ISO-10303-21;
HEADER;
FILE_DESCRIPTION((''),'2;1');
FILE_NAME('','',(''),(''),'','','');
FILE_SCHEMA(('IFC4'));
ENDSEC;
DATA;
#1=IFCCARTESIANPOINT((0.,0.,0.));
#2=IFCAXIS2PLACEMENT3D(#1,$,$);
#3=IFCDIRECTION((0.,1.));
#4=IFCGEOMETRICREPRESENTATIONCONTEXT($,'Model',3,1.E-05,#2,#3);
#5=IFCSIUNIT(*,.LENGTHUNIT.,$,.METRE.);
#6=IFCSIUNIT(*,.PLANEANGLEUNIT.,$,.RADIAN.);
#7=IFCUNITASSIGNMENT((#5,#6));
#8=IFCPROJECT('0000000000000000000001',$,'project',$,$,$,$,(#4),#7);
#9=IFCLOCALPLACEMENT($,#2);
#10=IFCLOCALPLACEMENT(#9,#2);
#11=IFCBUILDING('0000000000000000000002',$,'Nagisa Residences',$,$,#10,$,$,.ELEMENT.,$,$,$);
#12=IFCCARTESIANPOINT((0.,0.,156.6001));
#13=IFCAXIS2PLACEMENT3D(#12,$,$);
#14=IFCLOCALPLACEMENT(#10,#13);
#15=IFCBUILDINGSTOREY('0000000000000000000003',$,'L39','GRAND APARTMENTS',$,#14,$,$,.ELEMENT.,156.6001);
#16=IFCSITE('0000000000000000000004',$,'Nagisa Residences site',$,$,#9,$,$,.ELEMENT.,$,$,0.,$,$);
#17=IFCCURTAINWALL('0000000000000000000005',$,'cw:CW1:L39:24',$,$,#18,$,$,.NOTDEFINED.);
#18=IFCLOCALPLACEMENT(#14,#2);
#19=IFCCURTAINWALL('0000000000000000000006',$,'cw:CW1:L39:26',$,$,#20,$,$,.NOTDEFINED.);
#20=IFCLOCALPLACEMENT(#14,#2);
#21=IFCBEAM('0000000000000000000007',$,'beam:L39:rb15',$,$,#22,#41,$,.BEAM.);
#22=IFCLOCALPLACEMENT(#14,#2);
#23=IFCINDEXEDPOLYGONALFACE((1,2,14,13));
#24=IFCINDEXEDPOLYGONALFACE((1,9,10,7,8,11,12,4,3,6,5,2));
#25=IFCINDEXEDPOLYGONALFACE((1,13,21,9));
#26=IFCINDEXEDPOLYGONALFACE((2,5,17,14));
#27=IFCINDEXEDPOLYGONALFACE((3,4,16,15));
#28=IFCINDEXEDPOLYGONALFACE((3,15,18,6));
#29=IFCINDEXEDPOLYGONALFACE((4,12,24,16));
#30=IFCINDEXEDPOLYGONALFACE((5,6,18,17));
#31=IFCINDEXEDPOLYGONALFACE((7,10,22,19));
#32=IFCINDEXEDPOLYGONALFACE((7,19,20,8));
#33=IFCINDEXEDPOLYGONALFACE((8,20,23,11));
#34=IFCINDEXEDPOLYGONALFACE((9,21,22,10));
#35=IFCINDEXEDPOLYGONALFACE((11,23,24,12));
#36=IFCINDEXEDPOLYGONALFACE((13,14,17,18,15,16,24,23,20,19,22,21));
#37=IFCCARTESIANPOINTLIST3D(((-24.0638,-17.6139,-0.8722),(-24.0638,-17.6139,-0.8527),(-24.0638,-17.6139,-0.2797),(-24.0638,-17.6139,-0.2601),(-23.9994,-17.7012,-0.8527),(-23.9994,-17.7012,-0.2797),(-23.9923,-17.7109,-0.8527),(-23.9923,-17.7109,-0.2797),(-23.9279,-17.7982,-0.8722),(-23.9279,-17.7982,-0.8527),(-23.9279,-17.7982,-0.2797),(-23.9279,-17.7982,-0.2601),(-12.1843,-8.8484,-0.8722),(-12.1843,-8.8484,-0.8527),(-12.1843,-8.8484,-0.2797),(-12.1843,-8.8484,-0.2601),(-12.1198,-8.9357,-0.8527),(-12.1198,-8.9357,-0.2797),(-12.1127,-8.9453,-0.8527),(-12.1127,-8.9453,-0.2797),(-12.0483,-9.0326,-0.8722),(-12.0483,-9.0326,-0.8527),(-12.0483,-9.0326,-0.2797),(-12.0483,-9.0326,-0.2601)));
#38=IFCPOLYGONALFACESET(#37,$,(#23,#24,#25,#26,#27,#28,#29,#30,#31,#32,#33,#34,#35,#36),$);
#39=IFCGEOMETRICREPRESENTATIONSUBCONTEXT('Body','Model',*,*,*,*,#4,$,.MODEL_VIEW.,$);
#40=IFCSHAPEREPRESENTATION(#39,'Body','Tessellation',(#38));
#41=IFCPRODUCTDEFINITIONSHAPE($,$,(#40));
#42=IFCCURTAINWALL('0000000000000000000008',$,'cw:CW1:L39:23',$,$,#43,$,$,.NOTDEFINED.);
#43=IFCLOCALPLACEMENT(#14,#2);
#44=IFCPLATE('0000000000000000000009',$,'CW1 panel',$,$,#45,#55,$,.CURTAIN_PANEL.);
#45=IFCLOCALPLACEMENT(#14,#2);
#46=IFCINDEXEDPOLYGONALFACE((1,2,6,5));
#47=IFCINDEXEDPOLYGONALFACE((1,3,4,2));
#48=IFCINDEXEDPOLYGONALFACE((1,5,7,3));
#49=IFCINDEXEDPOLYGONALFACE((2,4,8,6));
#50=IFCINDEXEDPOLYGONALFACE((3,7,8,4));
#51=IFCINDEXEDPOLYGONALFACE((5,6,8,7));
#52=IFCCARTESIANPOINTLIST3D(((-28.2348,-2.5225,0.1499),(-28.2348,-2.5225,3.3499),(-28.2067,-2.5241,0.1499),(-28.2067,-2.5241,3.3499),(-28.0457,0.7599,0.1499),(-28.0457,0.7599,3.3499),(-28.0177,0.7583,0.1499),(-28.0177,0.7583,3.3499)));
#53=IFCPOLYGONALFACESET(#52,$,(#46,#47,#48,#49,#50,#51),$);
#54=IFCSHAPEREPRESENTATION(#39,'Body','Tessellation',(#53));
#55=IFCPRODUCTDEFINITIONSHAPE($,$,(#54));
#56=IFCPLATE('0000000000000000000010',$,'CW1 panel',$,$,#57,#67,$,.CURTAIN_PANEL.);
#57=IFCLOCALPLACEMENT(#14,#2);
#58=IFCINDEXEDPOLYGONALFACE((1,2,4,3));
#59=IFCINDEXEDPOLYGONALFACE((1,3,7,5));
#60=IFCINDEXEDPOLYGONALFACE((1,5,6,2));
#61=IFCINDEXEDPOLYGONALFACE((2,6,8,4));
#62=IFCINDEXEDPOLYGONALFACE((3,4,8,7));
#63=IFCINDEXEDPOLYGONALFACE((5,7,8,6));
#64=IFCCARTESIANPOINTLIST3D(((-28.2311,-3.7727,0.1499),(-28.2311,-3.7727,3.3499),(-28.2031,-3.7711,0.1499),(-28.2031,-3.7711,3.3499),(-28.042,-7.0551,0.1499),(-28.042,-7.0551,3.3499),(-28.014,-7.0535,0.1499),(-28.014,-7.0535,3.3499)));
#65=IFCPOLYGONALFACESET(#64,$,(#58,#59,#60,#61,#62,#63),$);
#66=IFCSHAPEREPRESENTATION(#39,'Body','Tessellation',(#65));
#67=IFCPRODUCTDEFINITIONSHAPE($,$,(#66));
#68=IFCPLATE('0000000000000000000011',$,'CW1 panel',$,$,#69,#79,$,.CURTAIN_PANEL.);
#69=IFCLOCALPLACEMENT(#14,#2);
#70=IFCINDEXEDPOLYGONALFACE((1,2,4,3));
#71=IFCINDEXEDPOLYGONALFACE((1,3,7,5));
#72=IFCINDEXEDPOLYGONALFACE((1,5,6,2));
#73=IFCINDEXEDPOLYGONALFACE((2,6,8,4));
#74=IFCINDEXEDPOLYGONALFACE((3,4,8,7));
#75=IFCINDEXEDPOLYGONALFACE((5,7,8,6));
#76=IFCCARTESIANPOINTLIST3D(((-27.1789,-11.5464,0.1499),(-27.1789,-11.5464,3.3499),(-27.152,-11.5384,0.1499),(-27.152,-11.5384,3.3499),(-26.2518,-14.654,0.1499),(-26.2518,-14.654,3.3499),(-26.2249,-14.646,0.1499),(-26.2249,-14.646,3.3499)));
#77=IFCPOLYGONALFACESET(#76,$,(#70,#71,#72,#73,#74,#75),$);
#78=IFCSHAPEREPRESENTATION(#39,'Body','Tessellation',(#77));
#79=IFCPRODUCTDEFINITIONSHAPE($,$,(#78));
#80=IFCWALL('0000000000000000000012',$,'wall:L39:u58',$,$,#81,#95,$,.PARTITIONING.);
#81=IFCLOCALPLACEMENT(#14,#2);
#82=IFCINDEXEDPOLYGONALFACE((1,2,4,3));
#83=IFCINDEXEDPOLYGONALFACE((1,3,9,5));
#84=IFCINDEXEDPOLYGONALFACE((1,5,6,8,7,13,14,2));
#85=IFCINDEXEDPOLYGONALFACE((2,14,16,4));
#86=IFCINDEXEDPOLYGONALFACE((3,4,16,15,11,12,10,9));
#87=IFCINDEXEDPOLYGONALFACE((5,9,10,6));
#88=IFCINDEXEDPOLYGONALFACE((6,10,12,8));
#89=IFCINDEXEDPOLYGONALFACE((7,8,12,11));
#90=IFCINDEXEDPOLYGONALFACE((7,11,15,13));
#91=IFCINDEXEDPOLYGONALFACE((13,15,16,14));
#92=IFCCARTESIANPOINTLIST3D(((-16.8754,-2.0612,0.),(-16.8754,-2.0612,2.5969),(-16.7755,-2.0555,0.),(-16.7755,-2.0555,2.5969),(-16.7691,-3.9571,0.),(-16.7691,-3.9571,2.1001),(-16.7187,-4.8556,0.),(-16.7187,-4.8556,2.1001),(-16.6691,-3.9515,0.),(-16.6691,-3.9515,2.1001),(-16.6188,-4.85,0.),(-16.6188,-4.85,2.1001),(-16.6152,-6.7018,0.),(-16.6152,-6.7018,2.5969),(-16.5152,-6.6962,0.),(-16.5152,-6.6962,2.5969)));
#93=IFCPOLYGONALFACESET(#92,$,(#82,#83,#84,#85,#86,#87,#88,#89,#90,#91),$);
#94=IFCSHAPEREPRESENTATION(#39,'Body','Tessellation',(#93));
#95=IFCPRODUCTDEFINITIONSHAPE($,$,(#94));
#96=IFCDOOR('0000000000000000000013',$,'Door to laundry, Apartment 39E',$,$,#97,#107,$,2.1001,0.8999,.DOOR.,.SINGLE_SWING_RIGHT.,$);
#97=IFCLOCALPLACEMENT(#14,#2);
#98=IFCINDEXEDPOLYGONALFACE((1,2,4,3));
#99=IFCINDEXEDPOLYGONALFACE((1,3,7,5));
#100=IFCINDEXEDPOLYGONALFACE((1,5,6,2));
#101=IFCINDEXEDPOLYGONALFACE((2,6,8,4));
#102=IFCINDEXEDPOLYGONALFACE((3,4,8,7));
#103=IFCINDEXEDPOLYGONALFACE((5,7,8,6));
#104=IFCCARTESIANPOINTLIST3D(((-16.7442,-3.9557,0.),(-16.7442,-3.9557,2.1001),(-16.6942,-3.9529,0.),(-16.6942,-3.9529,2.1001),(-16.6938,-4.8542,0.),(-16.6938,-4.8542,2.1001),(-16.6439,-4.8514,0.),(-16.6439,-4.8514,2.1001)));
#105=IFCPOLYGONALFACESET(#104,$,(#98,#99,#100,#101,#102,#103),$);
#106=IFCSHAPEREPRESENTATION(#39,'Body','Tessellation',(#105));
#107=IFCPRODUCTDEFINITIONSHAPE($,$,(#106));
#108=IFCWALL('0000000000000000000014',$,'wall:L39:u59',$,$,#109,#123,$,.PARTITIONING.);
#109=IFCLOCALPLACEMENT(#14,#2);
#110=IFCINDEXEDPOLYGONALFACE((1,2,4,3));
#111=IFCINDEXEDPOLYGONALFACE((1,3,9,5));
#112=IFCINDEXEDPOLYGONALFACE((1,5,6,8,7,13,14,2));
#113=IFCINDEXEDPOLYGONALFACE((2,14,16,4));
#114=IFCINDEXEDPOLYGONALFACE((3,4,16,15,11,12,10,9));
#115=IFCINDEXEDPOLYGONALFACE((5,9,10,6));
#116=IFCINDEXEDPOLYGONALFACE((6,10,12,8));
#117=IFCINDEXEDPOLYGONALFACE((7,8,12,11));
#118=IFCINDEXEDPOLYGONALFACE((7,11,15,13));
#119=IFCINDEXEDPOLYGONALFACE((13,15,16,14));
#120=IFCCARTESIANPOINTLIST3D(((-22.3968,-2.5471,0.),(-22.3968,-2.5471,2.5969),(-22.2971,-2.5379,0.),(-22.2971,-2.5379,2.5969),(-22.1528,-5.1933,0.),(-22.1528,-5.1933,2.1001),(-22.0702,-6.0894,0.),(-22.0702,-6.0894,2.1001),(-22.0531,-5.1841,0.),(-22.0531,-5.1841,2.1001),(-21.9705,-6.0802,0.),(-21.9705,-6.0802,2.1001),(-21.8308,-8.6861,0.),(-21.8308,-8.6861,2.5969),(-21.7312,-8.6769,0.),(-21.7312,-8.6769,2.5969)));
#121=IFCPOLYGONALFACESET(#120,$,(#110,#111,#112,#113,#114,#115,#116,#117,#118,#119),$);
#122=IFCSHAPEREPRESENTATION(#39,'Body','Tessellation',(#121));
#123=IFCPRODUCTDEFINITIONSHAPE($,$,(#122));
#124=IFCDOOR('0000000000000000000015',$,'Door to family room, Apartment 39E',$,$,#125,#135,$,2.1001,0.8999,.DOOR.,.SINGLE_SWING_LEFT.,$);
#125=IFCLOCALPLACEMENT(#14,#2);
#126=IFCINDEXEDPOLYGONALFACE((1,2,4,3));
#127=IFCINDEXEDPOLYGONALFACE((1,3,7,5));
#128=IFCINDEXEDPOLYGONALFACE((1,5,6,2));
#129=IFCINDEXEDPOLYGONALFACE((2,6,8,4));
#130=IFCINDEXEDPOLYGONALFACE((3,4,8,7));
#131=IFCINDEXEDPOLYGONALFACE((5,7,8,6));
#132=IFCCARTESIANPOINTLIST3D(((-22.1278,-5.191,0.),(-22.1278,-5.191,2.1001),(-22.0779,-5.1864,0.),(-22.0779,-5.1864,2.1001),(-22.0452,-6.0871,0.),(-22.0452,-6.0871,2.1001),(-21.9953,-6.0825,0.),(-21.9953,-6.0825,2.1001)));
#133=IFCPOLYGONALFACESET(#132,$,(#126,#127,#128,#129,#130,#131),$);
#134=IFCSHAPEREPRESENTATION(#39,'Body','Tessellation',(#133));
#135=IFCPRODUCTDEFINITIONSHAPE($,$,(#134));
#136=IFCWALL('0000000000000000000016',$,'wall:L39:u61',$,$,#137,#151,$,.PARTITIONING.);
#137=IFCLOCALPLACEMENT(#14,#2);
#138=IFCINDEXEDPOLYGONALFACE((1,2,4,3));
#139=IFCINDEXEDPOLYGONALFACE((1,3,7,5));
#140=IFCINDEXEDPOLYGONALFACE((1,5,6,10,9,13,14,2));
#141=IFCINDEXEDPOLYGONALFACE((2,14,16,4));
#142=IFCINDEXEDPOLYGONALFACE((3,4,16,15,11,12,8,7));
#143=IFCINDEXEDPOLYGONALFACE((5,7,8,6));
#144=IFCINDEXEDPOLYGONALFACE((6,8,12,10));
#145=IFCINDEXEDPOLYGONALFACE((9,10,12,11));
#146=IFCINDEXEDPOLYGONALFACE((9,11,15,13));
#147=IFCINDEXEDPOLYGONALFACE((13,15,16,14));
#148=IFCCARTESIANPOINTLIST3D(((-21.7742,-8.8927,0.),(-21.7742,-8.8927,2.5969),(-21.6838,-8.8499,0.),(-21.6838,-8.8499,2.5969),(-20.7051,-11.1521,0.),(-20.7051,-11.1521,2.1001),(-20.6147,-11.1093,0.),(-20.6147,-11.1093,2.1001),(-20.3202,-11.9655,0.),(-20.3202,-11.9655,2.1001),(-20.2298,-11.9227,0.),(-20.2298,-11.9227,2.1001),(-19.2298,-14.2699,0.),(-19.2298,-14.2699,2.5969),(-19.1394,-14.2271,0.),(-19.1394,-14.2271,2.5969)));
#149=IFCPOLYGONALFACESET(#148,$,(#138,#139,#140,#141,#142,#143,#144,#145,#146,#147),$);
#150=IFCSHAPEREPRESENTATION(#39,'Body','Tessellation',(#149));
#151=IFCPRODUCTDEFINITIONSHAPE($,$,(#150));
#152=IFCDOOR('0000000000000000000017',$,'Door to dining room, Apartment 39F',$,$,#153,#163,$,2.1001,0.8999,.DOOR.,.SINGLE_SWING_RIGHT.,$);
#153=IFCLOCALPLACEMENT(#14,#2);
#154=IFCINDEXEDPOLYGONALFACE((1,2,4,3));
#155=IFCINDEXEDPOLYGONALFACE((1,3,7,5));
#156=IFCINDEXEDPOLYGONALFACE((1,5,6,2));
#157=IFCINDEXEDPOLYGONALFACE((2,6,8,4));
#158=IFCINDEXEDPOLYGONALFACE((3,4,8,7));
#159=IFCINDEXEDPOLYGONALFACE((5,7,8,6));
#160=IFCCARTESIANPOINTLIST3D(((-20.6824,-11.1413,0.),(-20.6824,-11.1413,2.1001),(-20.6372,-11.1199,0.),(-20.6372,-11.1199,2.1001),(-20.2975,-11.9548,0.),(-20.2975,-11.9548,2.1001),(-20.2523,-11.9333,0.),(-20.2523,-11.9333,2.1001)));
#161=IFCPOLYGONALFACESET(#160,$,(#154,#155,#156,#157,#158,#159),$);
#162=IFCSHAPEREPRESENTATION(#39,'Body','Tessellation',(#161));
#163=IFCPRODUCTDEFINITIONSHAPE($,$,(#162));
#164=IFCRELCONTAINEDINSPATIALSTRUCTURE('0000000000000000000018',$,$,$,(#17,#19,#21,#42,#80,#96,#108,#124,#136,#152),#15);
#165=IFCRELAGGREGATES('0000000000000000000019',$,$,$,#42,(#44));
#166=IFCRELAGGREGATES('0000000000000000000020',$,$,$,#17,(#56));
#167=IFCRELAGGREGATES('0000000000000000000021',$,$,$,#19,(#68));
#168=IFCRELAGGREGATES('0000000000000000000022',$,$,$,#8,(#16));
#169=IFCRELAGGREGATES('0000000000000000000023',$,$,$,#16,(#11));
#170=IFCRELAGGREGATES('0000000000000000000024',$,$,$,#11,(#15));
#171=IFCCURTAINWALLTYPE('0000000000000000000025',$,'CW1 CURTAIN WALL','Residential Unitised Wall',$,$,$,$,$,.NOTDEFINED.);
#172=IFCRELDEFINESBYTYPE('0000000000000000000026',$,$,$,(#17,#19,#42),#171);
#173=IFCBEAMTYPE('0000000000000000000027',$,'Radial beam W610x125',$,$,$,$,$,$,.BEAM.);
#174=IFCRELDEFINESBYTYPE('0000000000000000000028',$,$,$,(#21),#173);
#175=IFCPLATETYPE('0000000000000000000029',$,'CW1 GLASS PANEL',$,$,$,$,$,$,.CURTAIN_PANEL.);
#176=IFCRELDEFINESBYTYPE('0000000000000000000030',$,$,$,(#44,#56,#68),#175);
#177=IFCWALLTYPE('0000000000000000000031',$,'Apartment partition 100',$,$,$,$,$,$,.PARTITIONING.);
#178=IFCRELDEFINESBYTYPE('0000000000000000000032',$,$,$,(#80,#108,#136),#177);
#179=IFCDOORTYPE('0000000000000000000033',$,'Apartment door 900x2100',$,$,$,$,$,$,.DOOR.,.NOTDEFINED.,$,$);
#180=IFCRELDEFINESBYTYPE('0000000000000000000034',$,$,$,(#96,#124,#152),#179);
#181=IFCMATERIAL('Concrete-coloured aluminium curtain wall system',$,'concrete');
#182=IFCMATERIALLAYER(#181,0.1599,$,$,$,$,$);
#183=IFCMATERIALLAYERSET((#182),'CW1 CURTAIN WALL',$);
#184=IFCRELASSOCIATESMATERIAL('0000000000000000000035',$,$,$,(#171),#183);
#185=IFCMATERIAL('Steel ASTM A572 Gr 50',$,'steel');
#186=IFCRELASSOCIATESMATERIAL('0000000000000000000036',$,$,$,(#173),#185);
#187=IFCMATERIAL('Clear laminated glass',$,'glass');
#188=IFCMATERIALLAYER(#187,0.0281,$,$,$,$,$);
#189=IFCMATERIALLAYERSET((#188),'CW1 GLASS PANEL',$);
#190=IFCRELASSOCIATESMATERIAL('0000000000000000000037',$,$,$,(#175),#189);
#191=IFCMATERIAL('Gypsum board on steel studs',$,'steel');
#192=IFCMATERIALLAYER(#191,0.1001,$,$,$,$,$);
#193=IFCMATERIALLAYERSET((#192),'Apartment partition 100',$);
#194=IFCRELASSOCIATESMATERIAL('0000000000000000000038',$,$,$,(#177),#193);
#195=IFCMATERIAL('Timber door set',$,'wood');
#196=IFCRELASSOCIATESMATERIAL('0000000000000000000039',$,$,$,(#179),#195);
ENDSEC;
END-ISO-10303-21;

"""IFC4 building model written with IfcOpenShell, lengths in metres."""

from ifc_helpers import new_model, si_unit, direction, frame, frame_2d, origin, origin_2d, place, context, subcontext, project, spatial, rectangle, i_section, extrude, material, layer, layer_set, material_profile, profile_set, type_object, element, fill, aggregate, save


model = new_model("IFC4")

# Units and contexts
model_context = context("Model", 3, precision=1e-05, world=origin(), true_north=direction((0.0, 1.0)))
body_context = subcontext(model_context, "Body", "Model", "MODEL_VIEW")
ifc_project = project(units=[si_unit("LENGTHUNIT", "METRE"), si_unit("PLANEANGLEUNIT", "RADIAN")], contexts=[model_context])

# Site, building, storey
site_placement = place(None, origin())
site = spatial("IfcSite", under=ifc_project, at=site_placement, Name="Nagisa Residences site", CompositionType="ELEMENT", RefElevation=0.0)
building_placement = place(site_placement, origin())
building = spatial("IfcBuilding", under=site, at=building_placement, Name="Nagisa Residences", CompositionType="ELEMENT")
storey_placement = place(building_placement, frame((0.0, 0.0, 156.6001)))
storey = spatial("IfcBuildingStorey", under=building, at=storey_placement, Name="L39", Description="GRAND APARTMENTS", CompositionType="ELEMENT", Elevation=156.6001)

# Curtain walls
ifc_material_1 = material(Name="Concrete-coloured aluminium curtain wall system", Category="concrete")
ifc_layer_1 = layer(ifc_material_1, 0.1599)
ifc_layer_set_1 = layer_set([ifc_layer_1], Name="CW1 CURTAIN WALL")
curtain_wall_type = type_object("IfcCurtainWallType", Name="CW1 CURTAIN WALL", Description="Residential Unitised Wall", PredefinedType="NOTDEFINED", material=ifc_layer_set_1)
curtain_wall_1_placement = place(storey_placement, origin())
curtain_wall_1 = element("IfcCurtainWall", 1, at=curtain_wall_1_placement, inside=storey, type_object=curtain_wall_type, Name="cw:CW1:L39:24", PredefinedType="NOTDEFINED")
curtain_wall_2_placement = place(storey_placement, origin())
curtain_wall_2 = element("IfcCurtainWall", 2, at=curtain_wall_2_placement, inside=storey, type_object=curtain_wall_type, Name="cw:CW1:L39:26", PredefinedType="NOTDEFINED")

# Beam
ifc_material_2 = material(Name="Steel ASTM A572 Gr 50", Category="steel")
ifc_material_profile_1 = material_profile(ifc_material_2, i_section(OverallWidth=0.229, OverallDepth=0.6121, WebThickness=0.012, FlangeThickness=0.0195, at=origin_2d()), Name="W610x125")
ifc_profile_set_1 = profile_set([ifc_material_profile_1], Name="Steel ASTM A572 Gr 50")
beam_type_1 = type_object("IfcBeamType", Name="Radial beam W610x125", PredefinedType="BEAM", material=ifc_profile_set_1)
beam_1_placement = place(storey_placement, frame((-23.9958, -17.7061, -0.5662), z_axis=(0.804661, 0.593735, 0.0), x_axis=(-0.593735, 0.804661, 0.0)))
element("IfcBeam", 3, at=beam_1_placement, inside=storey, type_object=beam_type_1, Name="beam:L39:rb15", PredefinedType="BEAM", context=body_context, shape_type="SweptSolid", body=[
    extrude(i_section(OverallWidth=0.229, OverallDepth=0.6121, WebThickness=0.012, FlangeThickness=0.0195, at=origin_2d()), origin(), (0.0, 0.0, 1.0), 14.7634),
])

# Curtain wall, plate
curtain_wall_3_placement = place(storey_placement, origin())
curtain_wall_3 = element("IfcCurtainWall", 4, at=curtain_wall_3_placement, inside=storey, type_object=curtain_wall_type, Name="cw:CW1:L39:23", PredefinedType="NOTDEFINED")
ifc_material_3 = material(Name="Clear laminated glass", Category="glass")
ifc_layer_2 = layer(ifc_material_3, 0.0281)
ifc_layer_set_2 = layer_set([ifc_layer_2], Name="CW1 GLASS PANEL")
plate_type = type_object("IfcPlateType", Name="CW1 GLASS PANEL", PredefinedType="CURTAIN_PANEL", material=ifc_layer_set_2)
plate_1_placement = place(storey_placement, frame((-28.1262, -0.8821, 0.1499), z_axis=(0.0, 0.0, 1.0), x_axis=(-0.057503, -0.998345, 0.0)))
plate_1 = element("IfcPlate", 5, at=plate_1_placement, type_object=plate_type, Name="CW1 panel", PredefinedType="CURTAIN_PANEL", context=body_context, shape_type="SweptSolid", body=[
    extrude(rectangle(XDim=3.2878, YDim=0.0281, at=origin_2d()), origin(), (0.0, 0.0, 1.0), 3.2),
])
aggregate(curtain_wall_3, [plate_1])

# Plates
plate_2_placement = place(storey_placement, frame((-28.1226, -5.4131, 0.1499), z_axis=(0.0, 0.0, 1.0), x_axis=(0.057503, -0.998345, 0.0)))
plate_2 = element("IfcPlate", 6, at=plate_2_placement, type_object=plate_type, Name="CW1 panel", PredefinedType="CURTAIN_PANEL", context=body_context, shape_type="SweptSolid", body=[
    extrude(rectangle(XDim=3.2878, YDim=0.0281, at=origin_2d()), origin(), (0.0, 0.0, 1.0), 3.2),
])
aggregate(curtain_wall_1, [plate_2])
plate_3_placement = place(storey_placement, frame((-26.7019, -13.0962, 0.1499), z_axis=(0.0, 0.0, 1.0), x_axis=(0.28586, -0.958271, 0.0)))
plate_3 = element("IfcPlate", 7, at=plate_3_placement, type_object=plate_type, Name="CW1 panel", PredefinedType="CURTAIN_PANEL", context=body_context, shape_type="SweptSolid", body=[
    extrude(rectangle(XDim=3.2429, YDim=0.0281, at=origin_2d()), origin(), (0.0, 0.0, 1.0), 3.2),
])
aggregate(curtain_wall_2, [plate_3])

# Walls, openings, doors
ifc_material_4 = material(Name="Gypsum board on steel studs", Category="steel")
ifc_layer_3 = layer(ifc_material_4, 0.1001)
ifc_layer_set_3 = layer_set([ifc_layer_3], Name="Apartment partition 100")
wall_type_1 = type_object("IfcWallType", Name="Apartment partition 100", PredefinedType="PARTITIONING", material=ifc_layer_set_3)
wall_1_placement = place(storey_placement, frame((-16.8254, -2.0583, 0.0), z_axis=(0.0, 0.0, 1.0), x_axis=(0.055994, -0.998431, 0.0)))
wall_1 = element("IfcWall", 8, at=wall_1_placement, inside=storey, type_object=wall_type_1, Name="wall:L39:u58", PredefinedType="PARTITIONING", context=body_context, shape_type="SweptSolid", body=[
    extrude(rectangle(XDim=4.6479, YDim=0.1001, at=frame_2d((2.324, 0.0))), origin(), (0.0, 0.0, 1.0), 2.5969),
])
opening_1_placement = place(wall_1_placement, frame((1.8989, 0.0, 0.0)))
opening_1 = element("IfcOpeningElement", 9, at=opening_1_placement, cuts=wall_1, PredefinedType="OPENING", context=body_context, shape_type="SweptSolid", body=[
    extrude(rectangle(XDim=0.8999, YDim=2.1001, at=frame_2d((0.45, 1.05))), frame((0.0, 0.0601, 0.0), z_axis=(0.0, -1.0, 0.0), x_axis=(1.0, 0.0, 0.0)), (0.0, 0.0, 1.0), 0.1201),
])
ifc_material_5 = material(Name="Timber door set", Category="wood")
door_type_1 = type_object("IfcDoorType", Name="Apartment door 900x2100", OperationType="NOTDEFINED", PredefinedType="DOOR", material=ifc_material_5)
door_1_placement = place(opening_1_placement, origin())
door_1 = element("IfcDoor", 10, at=door_1_placement, inside=storey, type_object=door_type_1, Name="Door to laundry, Apartment 39E", OperationType="SINGLE_SWING_RIGHT", OverallHeight=2.1001, OverallWidth=0.8999, PredefinedType="DOOR", context=body_context, shape_type="SweptSolid", body=[
    extrude(rectangle(XDim=0.8999, YDim=2.1001, at=frame_2d((0.45, 1.05))), frame((0.0, 0.0249, 0.0), z_axis=(0.0, -1.0, 0.0), x_axis=(1.0, 0.0, 0.0)), (0.0, 0.0, 1.0), 0.05),
])
fill(opening_1, door_1)
wall_2_placement = place(storey_placement, frame((-22.3469, -2.5425, 0.0), z_axis=(0.0, 0.0, 1.0), x_axis=(0.091796, -0.995778, 0.0)))
wall_2 = element("IfcWall", 11, at=wall_2_placement, inside=storey, type_object=wall_type_1, Name="wall:L39:u59", PredefinedType="PARTITIONING", context=body_context, shape_type="SweptSolid", body=[
    extrude(rectangle(XDim=6.165, YDim=0.1001, at=frame_2d((3.0825, 0.0))), origin(), (0.0, 0.0, 1.0), 2.5969),
])
opening_2_placement = place(wall_2_placement, frame((2.6575, 0.0, 0.0)))
opening_2 = element("IfcOpeningElement", 12, at=opening_2_placement, cuts=wall_2, PredefinedType="OPENING", context=body_context, shape_type="SweptSolid", body=[
    extrude(rectangle(XDim=0.8999, YDim=2.1001, at=frame_2d((0.45, 1.05))), frame((0.0, 0.0601, 0.0), z_axis=(0.0, -1.0, 0.0), x_axis=(1.0, 0.0, 0.0)), (0.0, 0.0, 1.0), 0.1201),
])
door_2_placement = place(opening_2_placement, frame((0.8999, 0.0, 0.0), x_axis=(-1.0, 0.0, 0.0)))
door_2 = element("IfcDoor", 13, at=door_2_placement, inside=storey, type_object=door_type_1, Name="Door to family room, Apartment 39E", OperationType="SINGLE_SWING_LEFT", OverallHeight=2.1001, OverallWidth=0.8999, PredefinedType="DOOR", context=body_context, shape_type="SweptSolid", body=[
    extrude(rectangle(XDim=0.8999, YDim=2.1001, at=frame_2d((0.45, 1.05))), frame((0.0, 0.0249, 0.0), z_axis=(0.0, -1.0, 0.0), x_axis=(1.0, 0.0, 0.0)), (0.0, 0.0, 1.0), 0.05),
])
fill(opening_2, door_2)
wall_3_placement = place(storey_placement, frame((-21.729, -8.8713, 0.0), z_axis=(0.0, 0.0, 1.0), x_axis=(0.427721, -0.903911, 0.0)))
wall_3 = element("IfcWall", 14, at=wall_3_placement, inside=storey, type_object=wall_type_1, Name="wall:L39:u61", PredefinedType="PARTITIONING", context=body_context, shape_type="SweptSolid", body=[
    extrude(rectangle(XDim=5.9487, YDim=0.1001, at=frame_2d((2.9744, 0.0))), origin(), (0.0, 0.0, 1.0), 2.5969),
])
opening_3_placement = place(wall_3_placement, frame((2.4995, 0.0, 0.0)))
opening_3 = element("IfcOpeningElement", 15, at=opening_3_placement, cuts=wall_3, PredefinedType="OPENING", context=body_context, shape_type="SweptSolid", body=[
    extrude(rectangle(XDim=0.8999, YDim=2.1001, at=frame_2d((0.45, 1.05))), frame((0.0, 0.0601, 0.0), z_axis=(0.0, -1.0, 0.0), x_axis=(1.0, 0.0, 0.0)), (0.0, 0.0, 1.0), 0.1201),
])
door_3_placement = place(opening_3_placement, frame((0.8999, 0.0, 0.0), x_axis=(-1.0, 0.0, 0.0)))
door_3 = element("IfcDoor", 16, at=door_3_placement, inside=storey, type_object=door_type_1, Name="Door to dining room, Apartment 39F", OperationType="SINGLE_SWING_RIGHT", OverallHeight=2.1001, OverallWidth=0.8999, PredefinedType="DOOR", context=body_context, shape_type="SweptSolid", body=[
    extrude(rectangle(XDim=0.8999, YDim=2.1001, at=frame_2d((0.45, 1.05))), frame((0.0, 0.0249, 0.0), z_axis=(0.0, -1.0, 0.0), x_axis=(1.0, 0.0, 0.0)), (0.0, 0.0, 1.0), 0.05),
])
fill(opening_3, door_3)

save(model, "model.ifc")
